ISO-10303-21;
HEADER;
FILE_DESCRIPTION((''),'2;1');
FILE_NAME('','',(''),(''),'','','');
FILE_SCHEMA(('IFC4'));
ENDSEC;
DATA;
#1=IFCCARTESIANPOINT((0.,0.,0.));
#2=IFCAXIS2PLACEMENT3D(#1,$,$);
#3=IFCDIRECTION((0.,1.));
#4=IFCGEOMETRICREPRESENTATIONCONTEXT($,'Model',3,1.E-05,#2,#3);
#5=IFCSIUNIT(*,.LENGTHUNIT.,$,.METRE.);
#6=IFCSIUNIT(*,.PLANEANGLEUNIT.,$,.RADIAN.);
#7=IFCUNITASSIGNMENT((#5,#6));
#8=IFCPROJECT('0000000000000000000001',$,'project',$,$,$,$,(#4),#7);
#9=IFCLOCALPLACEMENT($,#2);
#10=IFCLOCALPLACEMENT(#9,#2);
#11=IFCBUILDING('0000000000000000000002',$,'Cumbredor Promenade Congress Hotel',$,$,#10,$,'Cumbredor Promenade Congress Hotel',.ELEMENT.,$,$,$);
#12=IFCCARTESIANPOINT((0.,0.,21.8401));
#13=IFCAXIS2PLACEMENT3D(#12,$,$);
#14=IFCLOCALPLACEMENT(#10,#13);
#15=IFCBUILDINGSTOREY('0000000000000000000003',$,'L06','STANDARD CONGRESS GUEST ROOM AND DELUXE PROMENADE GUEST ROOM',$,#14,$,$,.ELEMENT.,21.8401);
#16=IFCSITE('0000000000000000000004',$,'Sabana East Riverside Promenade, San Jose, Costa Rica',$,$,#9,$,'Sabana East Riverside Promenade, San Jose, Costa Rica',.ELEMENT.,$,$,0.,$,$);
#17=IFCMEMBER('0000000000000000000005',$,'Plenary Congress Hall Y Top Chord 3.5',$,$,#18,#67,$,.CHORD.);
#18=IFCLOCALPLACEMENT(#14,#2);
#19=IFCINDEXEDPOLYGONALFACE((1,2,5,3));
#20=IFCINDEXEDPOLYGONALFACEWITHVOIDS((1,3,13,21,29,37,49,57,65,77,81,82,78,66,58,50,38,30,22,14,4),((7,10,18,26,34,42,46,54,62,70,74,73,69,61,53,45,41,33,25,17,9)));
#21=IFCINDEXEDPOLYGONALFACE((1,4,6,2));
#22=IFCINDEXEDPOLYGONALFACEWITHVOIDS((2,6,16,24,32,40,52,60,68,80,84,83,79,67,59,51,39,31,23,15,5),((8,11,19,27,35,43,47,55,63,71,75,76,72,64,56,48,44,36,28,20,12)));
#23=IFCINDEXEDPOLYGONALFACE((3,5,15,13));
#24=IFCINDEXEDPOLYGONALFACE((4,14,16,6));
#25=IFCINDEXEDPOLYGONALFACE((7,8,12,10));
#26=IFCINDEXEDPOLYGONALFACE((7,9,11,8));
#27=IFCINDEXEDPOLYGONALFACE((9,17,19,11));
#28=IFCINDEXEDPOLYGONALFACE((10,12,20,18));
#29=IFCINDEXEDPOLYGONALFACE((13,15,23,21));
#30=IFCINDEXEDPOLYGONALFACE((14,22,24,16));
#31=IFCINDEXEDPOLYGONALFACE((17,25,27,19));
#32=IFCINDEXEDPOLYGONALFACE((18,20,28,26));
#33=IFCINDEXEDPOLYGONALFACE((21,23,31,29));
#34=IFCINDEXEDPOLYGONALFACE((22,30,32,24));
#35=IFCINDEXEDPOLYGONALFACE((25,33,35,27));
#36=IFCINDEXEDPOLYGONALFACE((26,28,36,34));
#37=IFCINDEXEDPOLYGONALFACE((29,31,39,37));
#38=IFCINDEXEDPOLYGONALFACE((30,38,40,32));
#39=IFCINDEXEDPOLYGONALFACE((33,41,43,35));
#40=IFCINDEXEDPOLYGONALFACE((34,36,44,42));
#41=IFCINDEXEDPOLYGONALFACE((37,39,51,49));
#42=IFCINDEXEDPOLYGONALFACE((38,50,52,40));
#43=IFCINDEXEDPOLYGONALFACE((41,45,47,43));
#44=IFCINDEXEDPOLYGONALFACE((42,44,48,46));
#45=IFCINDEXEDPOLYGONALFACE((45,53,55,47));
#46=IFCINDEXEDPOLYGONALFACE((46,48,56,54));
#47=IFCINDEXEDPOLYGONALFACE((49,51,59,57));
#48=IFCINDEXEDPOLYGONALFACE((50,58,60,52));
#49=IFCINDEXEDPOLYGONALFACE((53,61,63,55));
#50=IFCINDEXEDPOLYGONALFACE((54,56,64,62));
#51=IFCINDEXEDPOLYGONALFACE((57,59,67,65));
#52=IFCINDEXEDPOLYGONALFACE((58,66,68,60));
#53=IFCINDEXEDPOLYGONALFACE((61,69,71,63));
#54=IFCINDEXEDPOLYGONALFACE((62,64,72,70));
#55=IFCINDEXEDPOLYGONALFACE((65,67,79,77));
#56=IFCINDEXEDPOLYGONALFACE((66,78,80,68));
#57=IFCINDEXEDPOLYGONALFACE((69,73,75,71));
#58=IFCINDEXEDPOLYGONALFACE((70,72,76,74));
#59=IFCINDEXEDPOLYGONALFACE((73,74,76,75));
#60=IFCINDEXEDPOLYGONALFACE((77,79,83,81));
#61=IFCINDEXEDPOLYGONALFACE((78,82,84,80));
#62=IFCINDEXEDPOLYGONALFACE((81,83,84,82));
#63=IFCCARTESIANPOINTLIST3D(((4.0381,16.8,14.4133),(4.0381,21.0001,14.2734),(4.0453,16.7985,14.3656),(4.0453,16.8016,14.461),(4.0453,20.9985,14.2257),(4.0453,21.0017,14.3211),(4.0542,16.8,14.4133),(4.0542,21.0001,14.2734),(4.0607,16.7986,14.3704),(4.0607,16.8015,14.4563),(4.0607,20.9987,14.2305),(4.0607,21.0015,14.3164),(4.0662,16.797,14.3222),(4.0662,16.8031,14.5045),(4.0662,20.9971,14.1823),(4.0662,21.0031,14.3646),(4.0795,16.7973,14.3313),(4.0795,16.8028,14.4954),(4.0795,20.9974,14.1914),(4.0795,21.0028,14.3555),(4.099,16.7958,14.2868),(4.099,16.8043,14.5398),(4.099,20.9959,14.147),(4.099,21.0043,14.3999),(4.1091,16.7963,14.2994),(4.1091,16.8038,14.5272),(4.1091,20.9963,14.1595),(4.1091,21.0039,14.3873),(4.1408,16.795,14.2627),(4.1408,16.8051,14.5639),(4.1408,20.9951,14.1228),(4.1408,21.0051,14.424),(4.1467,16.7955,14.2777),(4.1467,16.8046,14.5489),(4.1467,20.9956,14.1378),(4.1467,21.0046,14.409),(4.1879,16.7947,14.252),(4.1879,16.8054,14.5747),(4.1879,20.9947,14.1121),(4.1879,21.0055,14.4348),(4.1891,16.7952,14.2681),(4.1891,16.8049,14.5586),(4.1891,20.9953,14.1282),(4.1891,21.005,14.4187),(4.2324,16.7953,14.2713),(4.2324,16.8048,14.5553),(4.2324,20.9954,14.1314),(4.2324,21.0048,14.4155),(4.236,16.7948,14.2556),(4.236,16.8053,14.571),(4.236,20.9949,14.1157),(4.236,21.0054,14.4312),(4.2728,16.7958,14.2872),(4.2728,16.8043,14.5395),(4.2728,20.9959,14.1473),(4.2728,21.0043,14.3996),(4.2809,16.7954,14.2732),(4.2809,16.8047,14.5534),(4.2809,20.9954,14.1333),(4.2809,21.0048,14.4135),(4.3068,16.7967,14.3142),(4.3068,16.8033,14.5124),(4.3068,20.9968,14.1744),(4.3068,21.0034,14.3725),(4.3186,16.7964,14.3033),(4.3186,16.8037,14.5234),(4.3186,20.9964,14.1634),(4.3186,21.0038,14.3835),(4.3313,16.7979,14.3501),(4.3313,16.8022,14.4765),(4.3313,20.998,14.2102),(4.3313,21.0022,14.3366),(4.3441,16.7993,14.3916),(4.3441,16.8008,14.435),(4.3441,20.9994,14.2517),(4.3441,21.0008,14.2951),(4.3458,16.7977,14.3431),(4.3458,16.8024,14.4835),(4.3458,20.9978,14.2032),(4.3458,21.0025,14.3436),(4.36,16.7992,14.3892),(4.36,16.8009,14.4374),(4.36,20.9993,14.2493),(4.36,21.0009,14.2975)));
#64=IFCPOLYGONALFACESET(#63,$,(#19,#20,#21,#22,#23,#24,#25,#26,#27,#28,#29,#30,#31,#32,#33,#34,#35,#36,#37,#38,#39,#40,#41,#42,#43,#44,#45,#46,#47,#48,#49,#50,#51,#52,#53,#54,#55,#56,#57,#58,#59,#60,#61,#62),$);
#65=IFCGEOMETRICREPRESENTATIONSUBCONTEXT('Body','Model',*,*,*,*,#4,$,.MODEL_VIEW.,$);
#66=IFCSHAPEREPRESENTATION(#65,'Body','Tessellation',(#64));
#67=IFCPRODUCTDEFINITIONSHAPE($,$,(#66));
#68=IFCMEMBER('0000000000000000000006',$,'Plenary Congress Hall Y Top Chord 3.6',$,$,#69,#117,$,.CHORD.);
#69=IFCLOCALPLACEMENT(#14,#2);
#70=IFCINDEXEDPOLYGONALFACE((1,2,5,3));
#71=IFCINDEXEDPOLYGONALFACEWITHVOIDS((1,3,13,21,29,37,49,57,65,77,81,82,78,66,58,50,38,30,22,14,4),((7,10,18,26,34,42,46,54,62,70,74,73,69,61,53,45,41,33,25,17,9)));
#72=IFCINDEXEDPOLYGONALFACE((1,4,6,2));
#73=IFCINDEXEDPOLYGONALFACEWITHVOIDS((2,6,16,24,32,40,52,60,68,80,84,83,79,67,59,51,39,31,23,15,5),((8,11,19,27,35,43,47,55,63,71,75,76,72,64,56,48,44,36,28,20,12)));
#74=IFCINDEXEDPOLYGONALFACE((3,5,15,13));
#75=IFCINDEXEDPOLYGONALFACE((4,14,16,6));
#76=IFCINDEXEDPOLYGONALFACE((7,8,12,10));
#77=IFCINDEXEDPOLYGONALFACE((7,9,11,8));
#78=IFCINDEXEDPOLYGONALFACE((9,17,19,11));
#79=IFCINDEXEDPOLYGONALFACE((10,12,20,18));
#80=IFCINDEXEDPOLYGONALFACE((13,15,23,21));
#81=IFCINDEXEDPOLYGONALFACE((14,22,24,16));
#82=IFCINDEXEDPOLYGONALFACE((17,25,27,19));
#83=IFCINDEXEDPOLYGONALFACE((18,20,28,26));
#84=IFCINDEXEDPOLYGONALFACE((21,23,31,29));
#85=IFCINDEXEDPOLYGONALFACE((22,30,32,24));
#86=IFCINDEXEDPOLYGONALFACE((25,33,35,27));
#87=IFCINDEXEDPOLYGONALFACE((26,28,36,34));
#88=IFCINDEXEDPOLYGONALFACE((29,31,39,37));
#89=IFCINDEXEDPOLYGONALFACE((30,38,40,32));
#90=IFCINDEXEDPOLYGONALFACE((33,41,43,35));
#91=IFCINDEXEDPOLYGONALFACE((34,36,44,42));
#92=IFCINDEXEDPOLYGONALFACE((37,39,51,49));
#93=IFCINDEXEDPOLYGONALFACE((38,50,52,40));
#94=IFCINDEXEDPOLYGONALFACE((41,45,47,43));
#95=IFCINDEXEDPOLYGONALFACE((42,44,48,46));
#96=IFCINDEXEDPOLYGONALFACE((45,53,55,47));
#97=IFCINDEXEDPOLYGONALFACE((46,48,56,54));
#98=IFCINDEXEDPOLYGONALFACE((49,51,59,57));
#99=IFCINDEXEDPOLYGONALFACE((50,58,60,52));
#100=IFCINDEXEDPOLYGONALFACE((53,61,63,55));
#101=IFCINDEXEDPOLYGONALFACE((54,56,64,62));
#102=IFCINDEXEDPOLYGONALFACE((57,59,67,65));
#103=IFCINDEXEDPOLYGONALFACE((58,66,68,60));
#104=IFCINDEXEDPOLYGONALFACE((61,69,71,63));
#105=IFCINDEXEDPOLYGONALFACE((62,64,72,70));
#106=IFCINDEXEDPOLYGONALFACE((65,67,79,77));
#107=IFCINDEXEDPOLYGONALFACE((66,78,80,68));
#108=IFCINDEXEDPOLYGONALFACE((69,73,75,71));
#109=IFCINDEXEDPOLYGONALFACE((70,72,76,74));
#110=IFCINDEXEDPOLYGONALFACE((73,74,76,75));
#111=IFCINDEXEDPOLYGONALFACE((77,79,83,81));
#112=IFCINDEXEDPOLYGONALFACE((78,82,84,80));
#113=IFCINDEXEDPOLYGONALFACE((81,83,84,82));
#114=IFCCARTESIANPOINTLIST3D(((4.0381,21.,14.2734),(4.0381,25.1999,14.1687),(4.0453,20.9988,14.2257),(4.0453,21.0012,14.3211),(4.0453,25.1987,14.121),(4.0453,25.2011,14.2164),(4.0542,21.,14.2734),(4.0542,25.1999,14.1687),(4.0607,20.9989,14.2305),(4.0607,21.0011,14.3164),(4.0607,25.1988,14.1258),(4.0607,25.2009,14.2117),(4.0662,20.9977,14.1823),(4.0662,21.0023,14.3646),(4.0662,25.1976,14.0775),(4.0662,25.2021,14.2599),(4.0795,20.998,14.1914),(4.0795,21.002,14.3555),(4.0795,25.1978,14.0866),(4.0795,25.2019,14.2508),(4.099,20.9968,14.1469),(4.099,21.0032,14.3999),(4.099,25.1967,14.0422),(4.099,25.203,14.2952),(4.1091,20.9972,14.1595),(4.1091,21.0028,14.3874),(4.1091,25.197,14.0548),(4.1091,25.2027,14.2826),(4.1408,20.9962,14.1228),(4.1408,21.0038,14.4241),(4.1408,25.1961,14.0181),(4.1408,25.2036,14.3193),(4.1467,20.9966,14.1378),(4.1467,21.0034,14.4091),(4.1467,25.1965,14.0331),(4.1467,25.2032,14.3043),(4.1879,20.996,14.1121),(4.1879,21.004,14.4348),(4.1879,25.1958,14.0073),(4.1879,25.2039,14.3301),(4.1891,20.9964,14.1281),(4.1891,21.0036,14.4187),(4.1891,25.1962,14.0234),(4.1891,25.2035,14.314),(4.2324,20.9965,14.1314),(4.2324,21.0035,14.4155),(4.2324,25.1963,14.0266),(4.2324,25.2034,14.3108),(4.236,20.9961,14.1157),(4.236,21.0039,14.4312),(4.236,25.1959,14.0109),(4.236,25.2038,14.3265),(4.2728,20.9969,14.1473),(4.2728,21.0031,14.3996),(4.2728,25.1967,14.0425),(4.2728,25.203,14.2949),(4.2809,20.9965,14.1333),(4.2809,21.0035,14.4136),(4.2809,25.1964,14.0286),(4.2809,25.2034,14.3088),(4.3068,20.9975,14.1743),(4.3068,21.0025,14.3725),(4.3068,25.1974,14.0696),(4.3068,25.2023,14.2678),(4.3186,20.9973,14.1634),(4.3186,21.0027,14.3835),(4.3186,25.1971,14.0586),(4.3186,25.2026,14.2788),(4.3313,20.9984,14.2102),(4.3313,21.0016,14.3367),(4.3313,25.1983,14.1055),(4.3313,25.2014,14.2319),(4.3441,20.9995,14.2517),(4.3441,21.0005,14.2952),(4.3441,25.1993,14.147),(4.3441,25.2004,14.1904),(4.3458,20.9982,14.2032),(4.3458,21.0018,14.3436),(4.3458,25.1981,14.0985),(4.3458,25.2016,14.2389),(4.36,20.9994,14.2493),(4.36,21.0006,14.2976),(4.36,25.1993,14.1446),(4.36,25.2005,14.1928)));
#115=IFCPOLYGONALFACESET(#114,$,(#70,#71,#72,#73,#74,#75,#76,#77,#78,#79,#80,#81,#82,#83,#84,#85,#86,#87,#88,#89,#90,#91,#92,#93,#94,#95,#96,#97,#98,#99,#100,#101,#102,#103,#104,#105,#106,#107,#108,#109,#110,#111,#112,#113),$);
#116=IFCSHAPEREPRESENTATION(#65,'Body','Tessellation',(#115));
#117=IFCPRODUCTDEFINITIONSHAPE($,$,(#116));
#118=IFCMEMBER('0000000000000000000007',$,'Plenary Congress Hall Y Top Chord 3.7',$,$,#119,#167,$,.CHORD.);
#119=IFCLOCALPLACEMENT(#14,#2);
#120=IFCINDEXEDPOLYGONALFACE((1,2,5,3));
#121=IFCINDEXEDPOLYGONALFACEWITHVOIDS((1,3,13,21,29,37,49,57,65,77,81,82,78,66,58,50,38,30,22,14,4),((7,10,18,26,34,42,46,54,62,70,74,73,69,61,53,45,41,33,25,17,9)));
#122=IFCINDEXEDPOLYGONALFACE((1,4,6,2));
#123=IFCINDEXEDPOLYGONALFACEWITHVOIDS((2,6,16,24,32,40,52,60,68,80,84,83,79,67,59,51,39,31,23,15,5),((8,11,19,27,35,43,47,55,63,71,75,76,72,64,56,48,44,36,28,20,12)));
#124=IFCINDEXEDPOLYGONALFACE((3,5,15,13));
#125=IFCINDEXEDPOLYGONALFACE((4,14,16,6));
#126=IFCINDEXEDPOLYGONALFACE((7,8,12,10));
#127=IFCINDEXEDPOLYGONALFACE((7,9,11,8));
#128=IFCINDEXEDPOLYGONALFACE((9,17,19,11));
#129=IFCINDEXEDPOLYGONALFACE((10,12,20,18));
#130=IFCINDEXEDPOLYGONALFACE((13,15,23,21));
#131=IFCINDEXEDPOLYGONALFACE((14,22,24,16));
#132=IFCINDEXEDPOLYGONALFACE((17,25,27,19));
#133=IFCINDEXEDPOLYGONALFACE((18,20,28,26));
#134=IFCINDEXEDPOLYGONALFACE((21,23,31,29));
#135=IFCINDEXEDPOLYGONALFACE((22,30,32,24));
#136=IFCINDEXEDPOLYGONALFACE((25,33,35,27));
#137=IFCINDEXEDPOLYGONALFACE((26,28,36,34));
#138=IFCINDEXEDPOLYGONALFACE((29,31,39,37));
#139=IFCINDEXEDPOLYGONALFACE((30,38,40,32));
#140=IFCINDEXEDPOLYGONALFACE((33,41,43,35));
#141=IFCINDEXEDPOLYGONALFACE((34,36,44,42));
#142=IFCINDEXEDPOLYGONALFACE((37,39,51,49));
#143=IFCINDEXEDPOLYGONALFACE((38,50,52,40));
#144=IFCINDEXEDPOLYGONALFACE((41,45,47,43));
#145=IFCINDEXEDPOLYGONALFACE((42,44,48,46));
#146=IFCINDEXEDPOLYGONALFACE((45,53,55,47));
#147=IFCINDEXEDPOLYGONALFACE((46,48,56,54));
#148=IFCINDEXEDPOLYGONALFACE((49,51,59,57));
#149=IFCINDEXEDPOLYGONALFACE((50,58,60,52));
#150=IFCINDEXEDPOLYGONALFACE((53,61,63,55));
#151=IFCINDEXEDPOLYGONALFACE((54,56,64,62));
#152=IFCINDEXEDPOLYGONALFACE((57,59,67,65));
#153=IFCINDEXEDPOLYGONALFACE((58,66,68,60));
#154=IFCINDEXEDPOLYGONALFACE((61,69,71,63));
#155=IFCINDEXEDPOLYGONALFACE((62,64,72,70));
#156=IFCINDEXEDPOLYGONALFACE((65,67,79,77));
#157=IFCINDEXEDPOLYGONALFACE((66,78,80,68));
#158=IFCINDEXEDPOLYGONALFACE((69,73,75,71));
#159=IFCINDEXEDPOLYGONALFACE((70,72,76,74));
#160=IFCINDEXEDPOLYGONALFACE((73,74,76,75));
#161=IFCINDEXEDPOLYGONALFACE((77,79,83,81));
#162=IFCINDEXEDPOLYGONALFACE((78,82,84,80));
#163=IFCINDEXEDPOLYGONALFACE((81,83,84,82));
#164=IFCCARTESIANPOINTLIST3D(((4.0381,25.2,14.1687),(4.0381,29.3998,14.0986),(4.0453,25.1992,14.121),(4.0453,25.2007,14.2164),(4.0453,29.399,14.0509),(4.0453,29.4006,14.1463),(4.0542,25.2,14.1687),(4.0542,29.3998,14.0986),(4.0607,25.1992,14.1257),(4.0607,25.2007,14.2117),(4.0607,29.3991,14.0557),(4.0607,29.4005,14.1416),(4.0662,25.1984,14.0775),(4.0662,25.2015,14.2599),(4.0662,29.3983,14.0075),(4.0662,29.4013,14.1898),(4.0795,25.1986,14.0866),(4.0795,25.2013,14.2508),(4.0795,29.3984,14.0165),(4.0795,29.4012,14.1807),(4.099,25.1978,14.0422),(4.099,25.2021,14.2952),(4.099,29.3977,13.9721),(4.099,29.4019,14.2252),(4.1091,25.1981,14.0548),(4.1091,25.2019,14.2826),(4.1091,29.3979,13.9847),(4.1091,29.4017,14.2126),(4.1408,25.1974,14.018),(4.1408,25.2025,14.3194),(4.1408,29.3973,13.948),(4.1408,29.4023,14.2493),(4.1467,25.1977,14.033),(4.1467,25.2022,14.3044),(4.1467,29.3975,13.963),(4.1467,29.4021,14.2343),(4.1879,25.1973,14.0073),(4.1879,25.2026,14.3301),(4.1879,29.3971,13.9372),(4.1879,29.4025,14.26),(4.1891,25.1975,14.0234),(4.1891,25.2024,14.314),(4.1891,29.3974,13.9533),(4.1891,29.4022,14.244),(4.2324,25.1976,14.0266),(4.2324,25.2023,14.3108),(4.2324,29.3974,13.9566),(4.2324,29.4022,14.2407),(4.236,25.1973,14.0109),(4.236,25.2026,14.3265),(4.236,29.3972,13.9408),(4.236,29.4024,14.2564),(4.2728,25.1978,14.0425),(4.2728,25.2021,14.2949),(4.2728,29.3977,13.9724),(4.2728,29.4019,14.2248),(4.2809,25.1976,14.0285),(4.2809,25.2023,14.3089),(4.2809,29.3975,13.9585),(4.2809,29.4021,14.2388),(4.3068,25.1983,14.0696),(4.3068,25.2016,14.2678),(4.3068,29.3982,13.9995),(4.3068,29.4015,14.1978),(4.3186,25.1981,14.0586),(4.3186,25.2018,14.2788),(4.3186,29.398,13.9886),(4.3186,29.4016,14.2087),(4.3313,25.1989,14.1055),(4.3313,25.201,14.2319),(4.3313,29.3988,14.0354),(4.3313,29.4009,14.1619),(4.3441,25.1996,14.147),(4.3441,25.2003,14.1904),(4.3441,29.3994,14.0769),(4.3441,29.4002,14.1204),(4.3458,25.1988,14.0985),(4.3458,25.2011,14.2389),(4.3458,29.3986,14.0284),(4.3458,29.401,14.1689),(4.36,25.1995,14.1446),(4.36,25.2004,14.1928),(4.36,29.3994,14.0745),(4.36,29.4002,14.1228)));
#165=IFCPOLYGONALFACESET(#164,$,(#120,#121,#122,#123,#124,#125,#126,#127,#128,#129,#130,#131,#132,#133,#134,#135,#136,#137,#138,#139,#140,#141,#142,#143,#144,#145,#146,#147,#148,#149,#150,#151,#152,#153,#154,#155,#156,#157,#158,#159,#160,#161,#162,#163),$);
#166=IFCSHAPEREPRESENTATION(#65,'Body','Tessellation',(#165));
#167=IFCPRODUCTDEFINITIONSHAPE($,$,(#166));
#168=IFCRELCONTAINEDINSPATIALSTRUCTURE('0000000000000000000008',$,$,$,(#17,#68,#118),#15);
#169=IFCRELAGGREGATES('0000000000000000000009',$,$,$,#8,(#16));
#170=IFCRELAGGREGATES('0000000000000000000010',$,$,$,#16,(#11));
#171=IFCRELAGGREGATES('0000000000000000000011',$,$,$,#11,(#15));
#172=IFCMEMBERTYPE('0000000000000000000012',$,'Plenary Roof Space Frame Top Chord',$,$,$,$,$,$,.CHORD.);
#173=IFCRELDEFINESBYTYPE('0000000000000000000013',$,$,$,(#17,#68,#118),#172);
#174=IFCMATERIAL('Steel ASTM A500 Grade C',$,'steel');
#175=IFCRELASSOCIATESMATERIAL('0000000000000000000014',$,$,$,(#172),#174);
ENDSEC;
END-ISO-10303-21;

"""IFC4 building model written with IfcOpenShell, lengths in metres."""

from ifc_helpers import new_model, si_unit, direction, frame, origin, origin_2d, place, context, subcontext, project, spatial, hollow_circle, extrude, material, material_profile, profile_set, type_object, element, save


model = new_model("IFC4")

# Units and contexts
model_context = context("Model", 3, precision=1e-05, world=origin(), true_north=direction((0.0, 1.0)))
body_context = subcontext(model_context, "Body", "Model", "MODEL_VIEW")
ifc_project = project(units=[si_unit("LENGTHUNIT", "METRE"), si_unit("PLANEANGLEUNIT", "RADIAN")], contexts=[model_context])

# Site, building, storey
site_placement = place(None, origin())
site = spatial("IfcSite", under=ifc_project, at=site_placement, Name="Sabana East Riverside Promenade, San Jose, Costa Rica", LongName="Sabana East Riverside Promenade, San Jose, Costa Rica", CompositionType="ELEMENT", RefElevation=0.0)
building_placement = place(site_placement, origin())
building = spatial("IfcBuilding", under=site, at=building_placement, Name="Cumbredor Promenade Congress Hotel", LongName="Cumbredor Promenade Congress Hotel", CompositionType="ELEMENT")
storey_placement = place(building_placement, frame((0.0, 0.0, 21.8401)))
storey = spatial("IfcBuildingStorey", under=building, at=storey_placement, Name="L06", Description="STANDARD CONGRESS GUEST ROOM AND DELUXE PROMENADE GUEST ROOM", CompositionType="ELEMENT", Elevation=21.8401)

# Members
ifc_material_1 = material(Name="Steel ASTM A500 Grade C", Category="steel")
ifc_material_profile_1 = material_profile(ifc_material_1, hollow_circle(Radius=0.1619, WallThickness=0.0161, at=origin_2d()), Name="CHS 323.9x16")
ifc_profile_set_1 = profile_set([ifc_material_profile_1], Name="Steel ASTM A500 Grade C")
member_type_1 = type_object("IfcMemberType", Name="Plenary Roof Space Frame Top Chord", PredefinedType="CHORD", material=ifc_profile_set_1)
member_1_placement = place(storey_placement, frame((4.2, 16.8, 14.4133), z_axis=(0.0, 0.999446, -0.03329), x_axis=(-1.0, 0.0, 0.0)))
element("IfcMember", 1, at=member_1_placement, inside=storey, type_object=member_type_1, Name="Plenary Congress Hall Y Top Chord 3.5", PredefinedType="CHORD", context=body_context, shape_type="SweptSolid", body=[
    extrude(hollow_circle(Radius=0.1619, WallThickness=0.0161, at=origin_2d()), origin(), (0.0, 0.0, 1.0), 4.2024),
])
member_2_placement = place(storey_placement, frame((4.2, 21.0, 14.2734), z_axis=(0.0, 0.999689, -0.02493), x_axis=(-1.0, 0.0, 0.0)))
element("IfcMember", 2, at=member_2_placement, inside=storey, type_object=member_type_1, Name="Plenary Congress Hall Y Top Chord 3.6", PredefinedType="CHORD", context=body_context, shape_type="SweptSolid", body=[
    extrude(hollow_circle(Radius=0.1619, WallThickness=0.0161, at=origin_2d()), origin(), (0.0, 0.0, 1.0), 4.2012),
])
member_3_placement = place(storey_placement, frame((4.2, 25.2, 14.1687), z_axis=(0.0, 0.999861, -0.016681), x_axis=(-1.0, 0.0, 0.0)))
element("IfcMember", 3, at=member_3_placement, inside=storey, type_object=member_type_1, Name="Plenary Congress Hall Y Top Chord 3.7", PredefinedType="CHORD", context=body_context, shape_type="SweptSolid", body=[
    extrude(hollow_circle(Radius=0.1619, WallThickness=0.0161, at=origin_2d()), origin(), (0.0, 0.0, 1.0), 4.2004),
])

save(model, "model.ifc")
